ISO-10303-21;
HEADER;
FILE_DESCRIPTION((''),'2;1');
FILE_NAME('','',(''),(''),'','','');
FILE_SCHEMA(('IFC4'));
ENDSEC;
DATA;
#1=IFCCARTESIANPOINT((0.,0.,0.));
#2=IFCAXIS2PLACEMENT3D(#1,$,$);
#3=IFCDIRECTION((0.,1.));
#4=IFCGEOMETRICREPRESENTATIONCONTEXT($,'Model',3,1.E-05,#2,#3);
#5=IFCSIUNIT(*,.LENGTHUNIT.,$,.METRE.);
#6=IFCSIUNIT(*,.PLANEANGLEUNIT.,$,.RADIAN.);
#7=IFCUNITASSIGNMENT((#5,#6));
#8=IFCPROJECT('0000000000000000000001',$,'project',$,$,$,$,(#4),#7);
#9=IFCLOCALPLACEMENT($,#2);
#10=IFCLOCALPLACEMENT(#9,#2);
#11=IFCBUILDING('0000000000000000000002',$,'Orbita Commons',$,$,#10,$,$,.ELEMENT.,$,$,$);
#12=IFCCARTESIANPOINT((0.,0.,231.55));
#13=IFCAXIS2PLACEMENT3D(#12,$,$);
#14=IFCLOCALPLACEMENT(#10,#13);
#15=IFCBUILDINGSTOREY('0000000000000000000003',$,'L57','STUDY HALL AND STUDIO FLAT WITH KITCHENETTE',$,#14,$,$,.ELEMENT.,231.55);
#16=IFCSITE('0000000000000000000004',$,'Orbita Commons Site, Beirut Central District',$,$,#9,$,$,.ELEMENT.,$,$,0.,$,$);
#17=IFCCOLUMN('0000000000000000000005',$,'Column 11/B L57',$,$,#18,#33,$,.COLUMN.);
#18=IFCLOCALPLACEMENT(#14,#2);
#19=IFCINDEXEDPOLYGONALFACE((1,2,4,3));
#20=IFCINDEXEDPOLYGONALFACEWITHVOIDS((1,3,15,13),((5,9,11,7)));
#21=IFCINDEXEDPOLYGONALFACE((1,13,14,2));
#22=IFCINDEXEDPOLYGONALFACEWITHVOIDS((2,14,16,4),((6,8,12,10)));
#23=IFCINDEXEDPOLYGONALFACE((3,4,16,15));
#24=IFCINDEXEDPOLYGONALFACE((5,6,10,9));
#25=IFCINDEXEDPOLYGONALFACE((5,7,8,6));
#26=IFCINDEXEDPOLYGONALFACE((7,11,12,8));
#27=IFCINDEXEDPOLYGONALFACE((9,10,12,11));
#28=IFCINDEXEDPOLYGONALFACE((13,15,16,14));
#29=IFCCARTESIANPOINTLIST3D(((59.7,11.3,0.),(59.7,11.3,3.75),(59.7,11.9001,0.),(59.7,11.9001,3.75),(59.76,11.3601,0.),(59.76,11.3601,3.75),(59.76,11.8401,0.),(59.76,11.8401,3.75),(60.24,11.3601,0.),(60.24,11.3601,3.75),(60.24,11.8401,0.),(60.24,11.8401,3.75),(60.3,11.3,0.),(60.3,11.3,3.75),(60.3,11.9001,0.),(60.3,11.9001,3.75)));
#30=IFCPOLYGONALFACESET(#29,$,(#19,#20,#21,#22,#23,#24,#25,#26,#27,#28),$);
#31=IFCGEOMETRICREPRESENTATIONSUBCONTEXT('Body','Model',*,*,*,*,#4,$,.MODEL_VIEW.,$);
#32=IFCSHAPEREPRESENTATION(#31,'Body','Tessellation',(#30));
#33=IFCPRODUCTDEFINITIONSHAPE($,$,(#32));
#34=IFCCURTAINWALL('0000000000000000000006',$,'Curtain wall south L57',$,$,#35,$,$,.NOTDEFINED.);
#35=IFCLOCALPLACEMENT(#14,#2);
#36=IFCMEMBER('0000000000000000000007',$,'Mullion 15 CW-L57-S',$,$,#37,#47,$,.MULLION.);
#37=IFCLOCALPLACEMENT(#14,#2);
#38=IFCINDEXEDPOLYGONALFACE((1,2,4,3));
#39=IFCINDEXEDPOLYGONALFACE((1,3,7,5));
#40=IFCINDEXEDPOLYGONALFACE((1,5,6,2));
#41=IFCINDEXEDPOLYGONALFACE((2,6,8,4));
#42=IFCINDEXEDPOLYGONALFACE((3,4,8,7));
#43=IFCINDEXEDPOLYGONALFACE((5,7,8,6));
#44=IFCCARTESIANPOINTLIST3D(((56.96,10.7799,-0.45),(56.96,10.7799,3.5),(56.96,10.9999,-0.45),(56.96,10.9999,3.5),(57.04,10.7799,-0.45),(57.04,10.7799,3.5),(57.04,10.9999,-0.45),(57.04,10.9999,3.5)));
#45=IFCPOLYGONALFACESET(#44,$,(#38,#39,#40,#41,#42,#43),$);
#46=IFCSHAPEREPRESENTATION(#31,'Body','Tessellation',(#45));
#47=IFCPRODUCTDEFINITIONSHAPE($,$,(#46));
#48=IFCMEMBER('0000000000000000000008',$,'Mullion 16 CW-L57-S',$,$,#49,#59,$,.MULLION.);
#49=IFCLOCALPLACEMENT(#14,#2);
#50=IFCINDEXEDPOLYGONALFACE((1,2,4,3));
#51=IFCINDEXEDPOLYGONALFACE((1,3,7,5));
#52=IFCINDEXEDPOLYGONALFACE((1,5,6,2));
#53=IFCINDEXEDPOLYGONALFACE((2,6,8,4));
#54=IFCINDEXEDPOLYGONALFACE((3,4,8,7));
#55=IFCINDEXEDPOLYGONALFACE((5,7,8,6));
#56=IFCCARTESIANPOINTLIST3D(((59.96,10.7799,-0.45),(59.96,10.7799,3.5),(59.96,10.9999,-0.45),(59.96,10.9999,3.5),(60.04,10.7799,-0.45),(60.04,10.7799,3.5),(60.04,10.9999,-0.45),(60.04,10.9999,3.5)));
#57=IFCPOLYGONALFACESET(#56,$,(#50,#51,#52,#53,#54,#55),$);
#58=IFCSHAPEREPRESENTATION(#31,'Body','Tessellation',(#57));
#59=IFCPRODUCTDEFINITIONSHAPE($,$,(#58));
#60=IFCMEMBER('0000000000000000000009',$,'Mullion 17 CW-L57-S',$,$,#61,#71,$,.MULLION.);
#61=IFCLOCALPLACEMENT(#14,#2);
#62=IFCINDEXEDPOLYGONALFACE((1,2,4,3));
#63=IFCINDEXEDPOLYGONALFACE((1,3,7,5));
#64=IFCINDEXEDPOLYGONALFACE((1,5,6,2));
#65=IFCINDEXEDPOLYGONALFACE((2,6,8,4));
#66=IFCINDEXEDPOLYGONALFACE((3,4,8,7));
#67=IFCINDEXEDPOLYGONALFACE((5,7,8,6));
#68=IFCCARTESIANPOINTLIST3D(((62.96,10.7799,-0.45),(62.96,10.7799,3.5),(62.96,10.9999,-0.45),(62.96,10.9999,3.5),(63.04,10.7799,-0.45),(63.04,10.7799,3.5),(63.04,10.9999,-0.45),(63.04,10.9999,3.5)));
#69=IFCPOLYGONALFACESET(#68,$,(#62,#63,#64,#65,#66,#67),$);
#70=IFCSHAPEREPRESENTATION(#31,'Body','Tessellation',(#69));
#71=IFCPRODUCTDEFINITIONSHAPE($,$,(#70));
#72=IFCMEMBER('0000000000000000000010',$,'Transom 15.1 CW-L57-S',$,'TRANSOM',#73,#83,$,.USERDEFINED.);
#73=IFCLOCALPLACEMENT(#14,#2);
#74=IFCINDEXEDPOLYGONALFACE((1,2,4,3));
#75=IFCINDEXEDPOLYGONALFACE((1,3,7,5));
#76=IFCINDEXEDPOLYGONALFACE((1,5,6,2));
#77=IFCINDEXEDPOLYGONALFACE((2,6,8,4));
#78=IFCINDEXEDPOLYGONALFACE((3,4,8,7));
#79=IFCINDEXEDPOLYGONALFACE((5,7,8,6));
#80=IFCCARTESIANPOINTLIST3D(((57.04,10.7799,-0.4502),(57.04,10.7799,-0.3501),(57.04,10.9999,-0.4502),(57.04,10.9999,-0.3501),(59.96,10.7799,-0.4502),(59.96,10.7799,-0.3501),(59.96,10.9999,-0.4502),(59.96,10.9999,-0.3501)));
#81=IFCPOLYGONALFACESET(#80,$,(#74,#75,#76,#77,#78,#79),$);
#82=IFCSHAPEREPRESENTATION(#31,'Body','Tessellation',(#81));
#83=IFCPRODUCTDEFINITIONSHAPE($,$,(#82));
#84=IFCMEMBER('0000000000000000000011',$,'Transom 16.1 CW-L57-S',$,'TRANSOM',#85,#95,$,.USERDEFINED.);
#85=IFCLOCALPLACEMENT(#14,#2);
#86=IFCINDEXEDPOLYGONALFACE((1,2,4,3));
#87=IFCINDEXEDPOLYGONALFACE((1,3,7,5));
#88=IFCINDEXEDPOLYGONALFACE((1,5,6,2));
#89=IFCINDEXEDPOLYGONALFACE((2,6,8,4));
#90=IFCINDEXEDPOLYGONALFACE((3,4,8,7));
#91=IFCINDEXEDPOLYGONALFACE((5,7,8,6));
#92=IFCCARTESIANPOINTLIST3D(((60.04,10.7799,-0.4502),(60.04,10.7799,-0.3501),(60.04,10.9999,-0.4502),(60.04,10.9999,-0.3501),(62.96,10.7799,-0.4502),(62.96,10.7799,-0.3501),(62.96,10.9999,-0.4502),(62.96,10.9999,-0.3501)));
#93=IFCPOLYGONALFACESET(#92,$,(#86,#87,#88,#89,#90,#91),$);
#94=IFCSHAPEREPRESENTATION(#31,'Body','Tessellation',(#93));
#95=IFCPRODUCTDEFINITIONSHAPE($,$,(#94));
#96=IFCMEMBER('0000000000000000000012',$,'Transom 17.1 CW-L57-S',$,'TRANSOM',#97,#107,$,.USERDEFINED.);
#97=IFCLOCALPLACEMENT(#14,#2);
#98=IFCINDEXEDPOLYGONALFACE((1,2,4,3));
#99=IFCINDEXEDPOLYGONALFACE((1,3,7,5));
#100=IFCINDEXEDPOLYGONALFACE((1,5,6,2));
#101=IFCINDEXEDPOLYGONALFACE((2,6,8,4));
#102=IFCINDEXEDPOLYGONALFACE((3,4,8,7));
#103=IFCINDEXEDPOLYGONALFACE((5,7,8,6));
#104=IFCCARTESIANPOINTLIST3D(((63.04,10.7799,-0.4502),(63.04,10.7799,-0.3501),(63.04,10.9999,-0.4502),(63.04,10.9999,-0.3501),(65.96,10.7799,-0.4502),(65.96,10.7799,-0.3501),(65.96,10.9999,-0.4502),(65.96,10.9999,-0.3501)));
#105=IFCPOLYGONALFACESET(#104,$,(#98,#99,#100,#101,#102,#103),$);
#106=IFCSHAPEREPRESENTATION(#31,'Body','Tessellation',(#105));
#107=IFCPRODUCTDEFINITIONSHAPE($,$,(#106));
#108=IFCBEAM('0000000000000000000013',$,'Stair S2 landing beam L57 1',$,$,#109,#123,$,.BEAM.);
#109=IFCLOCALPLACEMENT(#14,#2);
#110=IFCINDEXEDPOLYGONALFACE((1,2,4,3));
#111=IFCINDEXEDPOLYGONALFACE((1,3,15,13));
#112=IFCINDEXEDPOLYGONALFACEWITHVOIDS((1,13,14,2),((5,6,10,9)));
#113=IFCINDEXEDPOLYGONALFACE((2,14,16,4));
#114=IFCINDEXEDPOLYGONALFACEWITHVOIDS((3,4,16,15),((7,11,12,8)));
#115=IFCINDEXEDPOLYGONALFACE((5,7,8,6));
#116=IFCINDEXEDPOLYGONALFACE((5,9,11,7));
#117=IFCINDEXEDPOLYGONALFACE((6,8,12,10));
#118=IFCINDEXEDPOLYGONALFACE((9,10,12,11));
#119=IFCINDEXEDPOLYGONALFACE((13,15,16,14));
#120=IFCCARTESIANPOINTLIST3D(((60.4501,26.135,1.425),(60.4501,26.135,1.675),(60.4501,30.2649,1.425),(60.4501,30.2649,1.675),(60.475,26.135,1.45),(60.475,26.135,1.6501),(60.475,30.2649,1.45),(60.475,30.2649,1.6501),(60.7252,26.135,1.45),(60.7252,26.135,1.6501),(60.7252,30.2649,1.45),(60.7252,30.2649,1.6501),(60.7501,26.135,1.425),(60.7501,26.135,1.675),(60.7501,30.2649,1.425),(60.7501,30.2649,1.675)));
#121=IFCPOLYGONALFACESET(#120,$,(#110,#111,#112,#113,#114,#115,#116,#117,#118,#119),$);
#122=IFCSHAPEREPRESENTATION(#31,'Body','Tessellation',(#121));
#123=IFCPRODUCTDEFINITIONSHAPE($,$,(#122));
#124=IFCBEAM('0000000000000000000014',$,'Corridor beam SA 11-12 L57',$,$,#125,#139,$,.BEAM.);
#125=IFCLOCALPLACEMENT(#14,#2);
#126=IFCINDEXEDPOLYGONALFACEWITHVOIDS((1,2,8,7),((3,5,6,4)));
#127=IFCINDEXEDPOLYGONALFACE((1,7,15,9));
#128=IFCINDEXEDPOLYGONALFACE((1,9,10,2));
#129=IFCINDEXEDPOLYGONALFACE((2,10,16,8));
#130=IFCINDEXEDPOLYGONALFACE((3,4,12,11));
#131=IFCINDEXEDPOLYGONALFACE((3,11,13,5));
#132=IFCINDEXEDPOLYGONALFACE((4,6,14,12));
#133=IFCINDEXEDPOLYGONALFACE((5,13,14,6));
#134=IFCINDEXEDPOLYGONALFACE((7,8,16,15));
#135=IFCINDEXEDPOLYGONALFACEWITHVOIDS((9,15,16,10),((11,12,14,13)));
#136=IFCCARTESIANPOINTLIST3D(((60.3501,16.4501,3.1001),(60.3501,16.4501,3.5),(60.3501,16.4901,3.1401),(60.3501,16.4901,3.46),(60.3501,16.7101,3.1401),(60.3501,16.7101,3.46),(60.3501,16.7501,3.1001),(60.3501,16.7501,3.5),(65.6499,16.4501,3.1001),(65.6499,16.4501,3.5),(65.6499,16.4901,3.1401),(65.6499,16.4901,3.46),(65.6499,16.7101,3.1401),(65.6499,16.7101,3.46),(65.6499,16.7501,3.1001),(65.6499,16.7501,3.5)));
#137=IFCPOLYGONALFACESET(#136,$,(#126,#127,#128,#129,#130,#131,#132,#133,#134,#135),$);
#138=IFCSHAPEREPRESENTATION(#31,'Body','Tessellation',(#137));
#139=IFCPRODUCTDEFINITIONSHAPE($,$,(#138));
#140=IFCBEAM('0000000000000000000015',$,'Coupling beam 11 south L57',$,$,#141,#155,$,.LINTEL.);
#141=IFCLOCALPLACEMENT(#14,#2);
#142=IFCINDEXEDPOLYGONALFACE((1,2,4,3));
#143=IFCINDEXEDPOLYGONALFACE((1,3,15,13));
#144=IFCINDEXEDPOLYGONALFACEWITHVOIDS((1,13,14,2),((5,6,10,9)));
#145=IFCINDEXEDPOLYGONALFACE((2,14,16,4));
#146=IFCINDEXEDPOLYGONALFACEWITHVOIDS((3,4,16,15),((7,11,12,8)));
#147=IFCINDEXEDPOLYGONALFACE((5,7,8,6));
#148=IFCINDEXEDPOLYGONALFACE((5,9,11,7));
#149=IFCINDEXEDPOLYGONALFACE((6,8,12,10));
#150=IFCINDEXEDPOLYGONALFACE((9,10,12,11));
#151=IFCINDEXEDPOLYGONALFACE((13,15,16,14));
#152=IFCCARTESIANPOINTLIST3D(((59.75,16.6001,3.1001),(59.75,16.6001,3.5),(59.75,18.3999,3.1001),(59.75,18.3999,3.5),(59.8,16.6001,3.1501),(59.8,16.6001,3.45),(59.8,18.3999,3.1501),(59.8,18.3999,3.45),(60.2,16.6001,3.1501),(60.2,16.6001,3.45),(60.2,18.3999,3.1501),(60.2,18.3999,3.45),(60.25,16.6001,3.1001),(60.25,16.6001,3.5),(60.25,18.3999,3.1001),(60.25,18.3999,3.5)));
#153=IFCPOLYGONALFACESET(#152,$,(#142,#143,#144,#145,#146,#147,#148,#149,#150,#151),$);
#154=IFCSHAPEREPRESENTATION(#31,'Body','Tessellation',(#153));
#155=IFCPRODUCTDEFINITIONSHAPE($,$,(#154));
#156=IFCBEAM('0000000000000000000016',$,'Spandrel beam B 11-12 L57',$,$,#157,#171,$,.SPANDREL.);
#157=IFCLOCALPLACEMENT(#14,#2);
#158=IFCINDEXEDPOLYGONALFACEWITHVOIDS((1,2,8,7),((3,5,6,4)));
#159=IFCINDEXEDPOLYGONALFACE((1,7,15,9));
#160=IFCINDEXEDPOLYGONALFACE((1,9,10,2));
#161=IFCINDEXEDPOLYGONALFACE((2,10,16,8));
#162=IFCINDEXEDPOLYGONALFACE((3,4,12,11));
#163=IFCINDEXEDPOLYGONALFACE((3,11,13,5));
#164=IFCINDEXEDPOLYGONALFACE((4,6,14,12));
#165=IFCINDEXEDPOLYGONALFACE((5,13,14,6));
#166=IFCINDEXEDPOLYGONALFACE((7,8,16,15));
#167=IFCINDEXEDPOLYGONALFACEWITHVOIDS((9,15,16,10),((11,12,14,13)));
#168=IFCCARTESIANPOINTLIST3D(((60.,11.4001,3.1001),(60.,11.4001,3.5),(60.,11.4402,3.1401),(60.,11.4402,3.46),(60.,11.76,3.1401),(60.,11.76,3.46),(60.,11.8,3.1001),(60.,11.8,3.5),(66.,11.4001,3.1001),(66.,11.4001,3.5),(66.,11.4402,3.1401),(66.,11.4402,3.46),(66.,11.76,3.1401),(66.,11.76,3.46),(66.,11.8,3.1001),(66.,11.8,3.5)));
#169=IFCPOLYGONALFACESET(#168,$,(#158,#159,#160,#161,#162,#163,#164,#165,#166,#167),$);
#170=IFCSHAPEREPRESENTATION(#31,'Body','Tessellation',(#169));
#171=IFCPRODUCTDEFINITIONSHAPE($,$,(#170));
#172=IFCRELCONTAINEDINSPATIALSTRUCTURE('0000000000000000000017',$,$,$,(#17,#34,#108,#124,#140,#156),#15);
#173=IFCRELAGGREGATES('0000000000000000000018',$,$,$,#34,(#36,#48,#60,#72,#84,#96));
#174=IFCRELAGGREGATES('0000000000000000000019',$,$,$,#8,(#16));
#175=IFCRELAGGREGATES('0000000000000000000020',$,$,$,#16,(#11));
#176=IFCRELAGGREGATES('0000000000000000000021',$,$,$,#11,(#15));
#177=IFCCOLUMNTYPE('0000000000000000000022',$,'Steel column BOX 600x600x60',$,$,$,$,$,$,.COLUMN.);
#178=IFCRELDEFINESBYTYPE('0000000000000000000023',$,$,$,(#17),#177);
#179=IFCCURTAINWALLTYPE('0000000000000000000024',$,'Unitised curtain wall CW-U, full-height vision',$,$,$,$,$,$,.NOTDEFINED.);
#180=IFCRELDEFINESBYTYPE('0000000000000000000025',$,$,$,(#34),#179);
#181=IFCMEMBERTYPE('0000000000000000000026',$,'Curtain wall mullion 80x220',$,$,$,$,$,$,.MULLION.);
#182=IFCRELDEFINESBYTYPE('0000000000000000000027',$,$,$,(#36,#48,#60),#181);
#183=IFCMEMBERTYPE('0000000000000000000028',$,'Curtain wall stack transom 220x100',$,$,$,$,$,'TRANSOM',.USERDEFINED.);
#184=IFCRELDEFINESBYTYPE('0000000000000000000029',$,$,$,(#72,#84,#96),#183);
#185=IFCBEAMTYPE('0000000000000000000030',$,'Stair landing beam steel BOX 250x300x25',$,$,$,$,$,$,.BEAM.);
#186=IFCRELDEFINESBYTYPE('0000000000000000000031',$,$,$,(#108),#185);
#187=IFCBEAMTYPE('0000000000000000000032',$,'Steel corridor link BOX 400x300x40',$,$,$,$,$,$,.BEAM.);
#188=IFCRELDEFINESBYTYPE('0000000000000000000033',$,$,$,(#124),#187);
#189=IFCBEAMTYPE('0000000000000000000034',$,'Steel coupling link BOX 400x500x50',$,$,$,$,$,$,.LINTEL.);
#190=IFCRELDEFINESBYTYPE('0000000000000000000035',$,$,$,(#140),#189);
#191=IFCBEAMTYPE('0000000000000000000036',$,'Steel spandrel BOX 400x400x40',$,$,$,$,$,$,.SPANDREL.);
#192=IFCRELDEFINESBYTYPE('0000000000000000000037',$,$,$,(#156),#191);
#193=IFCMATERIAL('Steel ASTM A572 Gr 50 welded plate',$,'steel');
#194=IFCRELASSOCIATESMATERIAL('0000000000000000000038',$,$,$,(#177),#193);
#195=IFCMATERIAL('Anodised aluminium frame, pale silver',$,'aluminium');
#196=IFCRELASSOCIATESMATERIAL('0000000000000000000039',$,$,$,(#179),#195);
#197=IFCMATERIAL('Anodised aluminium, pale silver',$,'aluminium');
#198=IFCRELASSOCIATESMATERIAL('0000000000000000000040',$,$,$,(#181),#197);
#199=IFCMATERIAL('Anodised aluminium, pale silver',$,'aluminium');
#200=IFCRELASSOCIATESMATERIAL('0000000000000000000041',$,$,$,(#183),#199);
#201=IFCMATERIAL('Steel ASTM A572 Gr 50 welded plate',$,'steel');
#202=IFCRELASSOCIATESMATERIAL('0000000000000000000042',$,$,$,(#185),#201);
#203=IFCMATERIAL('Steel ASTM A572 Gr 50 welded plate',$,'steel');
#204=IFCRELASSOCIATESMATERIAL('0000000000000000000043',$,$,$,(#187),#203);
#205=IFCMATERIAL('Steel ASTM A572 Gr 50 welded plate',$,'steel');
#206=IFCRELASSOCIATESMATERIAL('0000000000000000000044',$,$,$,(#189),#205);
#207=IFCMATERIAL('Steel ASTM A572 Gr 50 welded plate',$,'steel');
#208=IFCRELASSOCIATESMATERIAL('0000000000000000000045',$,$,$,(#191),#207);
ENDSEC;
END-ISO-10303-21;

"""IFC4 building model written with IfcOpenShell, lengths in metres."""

from ifc_helpers import new_model, si_unit, direction, frame, origin, origin_2d, place, context, subcontext, project, spatial, rectangle, hollow_rectangle, extrude, material, material_profile, profile_set, type_object, element, aggregate, save


model = new_model("IFC4")

# Units and contexts
model_context = context("Model", 3, precision=1e-05, world=origin(), true_north=direction((0.0, 1.0)))
body_context = subcontext(model_context, "Body", "Model", "MODEL_VIEW")
ifc_project = project(units=[si_unit("LENGTHUNIT", "METRE"), si_unit("PLANEANGLEUNIT", "RADIAN")], contexts=[model_context])

# Site, building, storey
site_placement = place(None, origin())
site = spatial("IfcSite", under=ifc_project, at=site_placement, Name="Orbita Commons Site, Beirut Central District", CompositionType="ELEMENT", RefElevation=0.0)
building_placement = place(site_placement, origin())
building = spatial("IfcBuilding", under=site, at=building_placement, Name="Orbita Commons", CompositionType="ELEMENT")
storey_placement = place(building_placement, frame((0.0, 0.0, 231.55)))
storey = spatial("IfcBuildingStorey", under=building, at=storey_placement, Name="L57", Description="STUDY HALL AND STUDIO FLAT WITH KITCHENETTE", CompositionType="ELEMENT", Elevation=231.55)

# Column
ifc_material_1 = material(Name="Steel ASTM A572 Gr 50 welded plate", Category="steel")
ifc_material_profile_1 = material_profile(ifc_material_1, hollow_rectangle(XDim=0.6001, YDim=0.6001, WallThickness=0.0601, at=origin_2d()), Name="BOX 600x600x60")
ifc_profile_set_1 = profile_set([ifc_material_profile_1], Name="Steel ASTM A572 Gr 50 welded plate")
column_type = type_object("IfcColumnType", Name="Steel column BOX 600x600x60", PredefinedType="COLUMN", material=ifc_profile_set_1)
column_placement = place(storey_placement, frame((60.0, 11.6001, 0.0), z_axis=(0.0, 0.0, 1.0), x_axis=(1.0, 0.0, 0.0)))
element("IfcColumn", 1, at=column_placement, inside=storey, type_object=column_type, Name="Column 11/B L57", PredefinedType="COLUMN", context=body_context, shape_type="SweptSolid", body=[
    extrude(hollow_rectangle(XDim=0.6001, YDim=0.6001, WallThickness=0.0601, at=origin_2d()), origin(), (0.0, 0.0, 1.0), 3.75),
])

# Curtain wall, members
ifc_material_2 = material(Name="Anodised aluminium frame, pale silver", Category="aluminium")
curtain_wall_type = type_object("IfcCurtainWallType", Name="Unitised curtain wall CW-U, full-height vision", PredefinedType="NOTDEFINED", material=ifc_material_2)
curtain_wall_placement = place(storey_placement, origin())
curtain_wall = element("IfcCurtainWall", 2, at=curtain_wall_placement, inside=storey, type_object=curtain_wall_type, Name="Curtain wall south L57", PredefinedType="NOTDEFINED")
ifc_material_3 = material(Name="Anodised aluminium, pale silver", Category="aluminium")
ifc_material_profile_2 = material_profile(ifc_material_3, rectangle(XDim=0.0801, YDim=0.22, at=origin_2d()), Name="AL 80x220")
ifc_profile_set_2 = profile_set([ifc_material_profile_2], Name="Anodised aluminium, pale silver")
member_type_1 = type_object("IfcMemberType", Name="Curtain wall mullion 80x220", PredefinedType="MULLION", material=ifc_profile_set_2)
member_1_placement = place(storey_placement, frame((57.0, 10.8899, -0.45), z_axis=(0.0, 0.0, 1.0), x_axis=(1.0, 0.0, 0.0)))
member_1 = element("IfcMember", 3, at=member_1_placement, type_object=member_type_1, Name="Mullion 15 CW-L57-S", PredefinedType="MULLION", context=body_context, shape_type="SweptSolid", body=[
    extrude(rectangle(XDim=0.0801, YDim=0.22, at=origin_2d()), origin(), (0.0, 0.0, 1.0), 3.95),
])
member_2_placement = place(storey_placement, frame((60.0, 10.8899, -0.45), z_axis=(0.0, 0.0, 1.0), x_axis=(1.0, 0.0, 0.0)))
member_2 = element("IfcMember", 4, at=member_2_placement, type_object=member_type_1, Name="Mullion 16 CW-L57-S", PredefinedType="MULLION", context=body_context, shape_type="SweptSolid", body=[
    extrude(rectangle(XDim=0.0801, YDim=0.22, at=origin_2d()), origin(), (0.0, 0.0, 1.0), 3.95),
])
member_3_placement = place(storey_placement, frame((63.0, 10.8899, -0.45), z_axis=(0.0, 0.0, 1.0), x_axis=(1.0, 0.0, 0.0)))
member_3 = element("IfcMember", 5, at=member_3_placement, type_object=member_type_1, Name="Mullion 17 CW-L57-S", PredefinedType="MULLION", context=body_context, shape_type="SweptSolid", body=[
    extrude(rectangle(XDim=0.0801, YDim=0.22, at=origin_2d()), origin(), (0.0, 0.0, 1.0), 3.95),
])
ifc_material_4 = material(Name="Anodised aluminium, pale silver", Category="aluminium")
ifc_material_profile_3 = material_profile(ifc_material_4, rectangle(XDim=0.22, YDim=0.1001, at=origin_2d()), Name="AL 220x100")
ifc_profile_set_3 = profile_set([ifc_material_profile_3], Name="Anodised aluminium, pale silver")
member_type_2 = type_object("IfcMemberType", Name="Curtain wall stack transom 220x100", ElementType="TRANSOM", PredefinedType="USERDEFINED", material=ifc_profile_set_3)
member_4_placement = place(storey_placement, frame((57.04, 10.8899, -0.4001), z_axis=(1.0, 0.0, 0.0), x_axis=(0.0, 1.0, 0.0)))
member_4 = element("IfcMember", 6, at=member_4_placement, type_object=member_type_2, Name="Transom 15.1 CW-L57-S", ObjectType="TRANSOM", PredefinedType="USERDEFINED", context=body_context, shape_type="SweptSolid", body=[
    extrude(rectangle(XDim=0.22, YDim=0.1001, at=origin_2d()), origin(), (0.0, 0.0, 1.0), 2.9199),
])
member_5_placement = place(storey_placement, frame((60.04, 10.8899, -0.4001), z_axis=(1.0, 0.0, 0.0), x_axis=(0.0, 1.0, 0.0)))
member_5 = element("IfcMember", 7, at=member_5_placement, type_object=member_type_2, Name="Transom 16.1 CW-L57-S", ObjectType="TRANSOM", PredefinedType="USERDEFINED", context=body_context, shape_type="SweptSolid", body=[
    extrude(rectangle(XDim=0.22, YDim=0.1001, at=origin_2d()), origin(), (0.0, 0.0, 1.0), 2.9199),
])
member_6_placement = place(storey_placement, frame((63.04, 10.8899, -0.4001), z_axis=(1.0, 0.0, 0.0), x_axis=(0.0, 1.0, 0.0)))
member_6 = element("IfcMember", 8, at=member_6_placement, type_object=member_type_2, Name="Transom 17.1 CW-L57-S", ObjectType="TRANSOM", PredefinedType="USERDEFINED", context=body_context, shape_type="SweptSolid", body=[
    extrude(rectangle(XDim=0.22, YDim=0.1001, at=origin_2d()), origin(), (0.0, 0.0, 1.0), 2.9199),
])

# Beams
ifc_material_5 = material(Name="Steel ASTM A572 Gr 50 welded plate", Category="steel")
ifc_material_profile_4 = material_profile(ifc_material_5, hollow_rectangle(XDim=0.3, YDim=0.25, WallThickness=0.0249, at=origin_2d()), Name="BOX 250x300x25")
ifc_profile_set_4 = profile_set([ifc_material_profile_4], Name="Steel ASTM A572 Gr 50 welded plate")
beam_type_1 = type_object("IfcBeamType", Name="Stair landing beam steel BOX 250x300x25", PredefinedType="BEAM", material=ifc_profile_set_4)
beam_1_placement = place(storey_placement, frame((60.6001, 26.135, 1.55), z_axis=(0.0, 1.0, 0.0), x_axis=(-1.0, 0.0, 0.0)))
element("IfcBeam", 9, at=beam_1_placement, inside=storey, type_object=beam_type_1, Name="Stair S2 landing beam L57 1", PredefinedType="BEAM", context=body_context, shape_type="SweptSolid", body=[
    extrude(hollow_rectangle(XDim=0.3, YDim=0.25, WallThickness=0.0249, at=origin_2d()), origin(), (0.0, 0.0, 1.0), 4.1299),
])
ifc_material_6 = material(Name="Steel ASTM A572 Gr 50 welded plate", Category="steel")
ifc_material_profile_5 = material_profile(ifc_material_6, hollow_rectangle(XDim=0.3, YDim=0.3999, WallThickness=0.04, at=origin_2d()), Name="BOX 400x300x40")
ifc_profile_set_5 = profile_set([ifc_material_profile_5], Name="Steel ASTM A572 Gr 50 welded plate")
beam_type_2 = type_object("IfcBeamType", Name="Steel corridor link BOX 400x300x40", PredefinedType="BEAM", material=ifc_profile_set_5)
beam_2_placement = place(storey_placement, frame((60.3501, 16.6001, 3.3), z_axis=(1.0, 0.0, 0.0), x_axis=(0.0, 1.0, 0.0)))
element("IfcBeam", 10, at=beam_2_placement, inside=storey, type_object=beam_type_2, Name="Corridor beam SA 11-12 L57", PredefinedType="BEAM", context=body_context, shape_type="SweptSolid", body=[
    extrude(hollow_rectangle(XDim=0.3, YDim=0.3999, WallThickness=0.04, at=origin_2d()), origin(), (0.0, 0.0, 1.0), 5.2998),
])
ifc_material_7 = material(Name="Steel ASTM A572 Gr 50 welded plate", Category="steel")
ifc_material_profile_6 = material_profile(ifc_material_7, hollow_rectangle(XDim=0.5, YDim=0.3999, WallThickness=0.05, at=origin_2d()), Name="BOX 400x500x50")
ifc_profile_set_6 = profile_set([ifc_material_profile_6], Name="Steel ASTM A572 Gr 50 welded plate")
beam_type_3 = type_object("IfcBeamType", Name="Steel coupling link BOX 400x500x50", PredefinedType="LINTEL", material=ifc_profile_set_6)
beam_3_placement = place(storey_placement, frame((60.0, 16.6001, 3.3), z_axis=(0.0, 1.0, 0.0), x_axis=(-1.0, 0.0, 0.0)))
element("IfcBeam", 11, at=beam_3_placement, inside=storey, type_object=beam_type_3, Name="Coupling beam 11 south L57", PredefinedType="LINTEL", context=body_context, shape_type="SweptSolid", body=[
    extrude(hollow_rectangle(XDim=0.5, YDim=0.3999, WallThickness=0.05, at=origin_2d()), origin(), (0.0, 0.0, 1.0), 1.7998),
])
ifc_material_8 = material(Name="Steel ASTM A572 Gr 50 welded plate", Category="steel")
ifc_material_profile_7 = material_profile(ifc_material_8, hollow_rectangle(XDim=0.3999, YDim=0.3999, WallThickness=0.04, at=origin_2d()), Name="BOX 400x400x40")
ifc_profile_set_7 = profile_set([ifc_material_profile_7], Name="Steel ASTM A572 Gr 50 welded plate")
beam_type_4 = type_object("IfcBeamType", Name="Steel spandrel BOX 400x400x40", PredefinedType="SPANDREL", material=ifc_profile_set_7)
beam_4_placement = place(storey_placement, frame((60.0, 11.6001, 3.3), z_axis=(1.0, 0.0, 0.0), x_axis=(0.0, 1.0, 0.0)))
element("IfcBeam", 12, at=beam_4_placement, inside=storey, type_object=beam_type_4, Name="Spandrel beam B 11-12 L57", PredefinedType="SPANDREL", context=body_context, shape_type="SweptSolid", body=[
    extrude(hollow_rectangle(XDim=0.3999, YDim=0.3999, WallThickness=0.04, at=origin_2d()), origin(), (0.0, 0.0, 1.0), 6.0),
])

aggregate(curtain_wall, [member_1, member_2, member_3, member_4, member_5, member_6])

save(model, "model.ifc")
